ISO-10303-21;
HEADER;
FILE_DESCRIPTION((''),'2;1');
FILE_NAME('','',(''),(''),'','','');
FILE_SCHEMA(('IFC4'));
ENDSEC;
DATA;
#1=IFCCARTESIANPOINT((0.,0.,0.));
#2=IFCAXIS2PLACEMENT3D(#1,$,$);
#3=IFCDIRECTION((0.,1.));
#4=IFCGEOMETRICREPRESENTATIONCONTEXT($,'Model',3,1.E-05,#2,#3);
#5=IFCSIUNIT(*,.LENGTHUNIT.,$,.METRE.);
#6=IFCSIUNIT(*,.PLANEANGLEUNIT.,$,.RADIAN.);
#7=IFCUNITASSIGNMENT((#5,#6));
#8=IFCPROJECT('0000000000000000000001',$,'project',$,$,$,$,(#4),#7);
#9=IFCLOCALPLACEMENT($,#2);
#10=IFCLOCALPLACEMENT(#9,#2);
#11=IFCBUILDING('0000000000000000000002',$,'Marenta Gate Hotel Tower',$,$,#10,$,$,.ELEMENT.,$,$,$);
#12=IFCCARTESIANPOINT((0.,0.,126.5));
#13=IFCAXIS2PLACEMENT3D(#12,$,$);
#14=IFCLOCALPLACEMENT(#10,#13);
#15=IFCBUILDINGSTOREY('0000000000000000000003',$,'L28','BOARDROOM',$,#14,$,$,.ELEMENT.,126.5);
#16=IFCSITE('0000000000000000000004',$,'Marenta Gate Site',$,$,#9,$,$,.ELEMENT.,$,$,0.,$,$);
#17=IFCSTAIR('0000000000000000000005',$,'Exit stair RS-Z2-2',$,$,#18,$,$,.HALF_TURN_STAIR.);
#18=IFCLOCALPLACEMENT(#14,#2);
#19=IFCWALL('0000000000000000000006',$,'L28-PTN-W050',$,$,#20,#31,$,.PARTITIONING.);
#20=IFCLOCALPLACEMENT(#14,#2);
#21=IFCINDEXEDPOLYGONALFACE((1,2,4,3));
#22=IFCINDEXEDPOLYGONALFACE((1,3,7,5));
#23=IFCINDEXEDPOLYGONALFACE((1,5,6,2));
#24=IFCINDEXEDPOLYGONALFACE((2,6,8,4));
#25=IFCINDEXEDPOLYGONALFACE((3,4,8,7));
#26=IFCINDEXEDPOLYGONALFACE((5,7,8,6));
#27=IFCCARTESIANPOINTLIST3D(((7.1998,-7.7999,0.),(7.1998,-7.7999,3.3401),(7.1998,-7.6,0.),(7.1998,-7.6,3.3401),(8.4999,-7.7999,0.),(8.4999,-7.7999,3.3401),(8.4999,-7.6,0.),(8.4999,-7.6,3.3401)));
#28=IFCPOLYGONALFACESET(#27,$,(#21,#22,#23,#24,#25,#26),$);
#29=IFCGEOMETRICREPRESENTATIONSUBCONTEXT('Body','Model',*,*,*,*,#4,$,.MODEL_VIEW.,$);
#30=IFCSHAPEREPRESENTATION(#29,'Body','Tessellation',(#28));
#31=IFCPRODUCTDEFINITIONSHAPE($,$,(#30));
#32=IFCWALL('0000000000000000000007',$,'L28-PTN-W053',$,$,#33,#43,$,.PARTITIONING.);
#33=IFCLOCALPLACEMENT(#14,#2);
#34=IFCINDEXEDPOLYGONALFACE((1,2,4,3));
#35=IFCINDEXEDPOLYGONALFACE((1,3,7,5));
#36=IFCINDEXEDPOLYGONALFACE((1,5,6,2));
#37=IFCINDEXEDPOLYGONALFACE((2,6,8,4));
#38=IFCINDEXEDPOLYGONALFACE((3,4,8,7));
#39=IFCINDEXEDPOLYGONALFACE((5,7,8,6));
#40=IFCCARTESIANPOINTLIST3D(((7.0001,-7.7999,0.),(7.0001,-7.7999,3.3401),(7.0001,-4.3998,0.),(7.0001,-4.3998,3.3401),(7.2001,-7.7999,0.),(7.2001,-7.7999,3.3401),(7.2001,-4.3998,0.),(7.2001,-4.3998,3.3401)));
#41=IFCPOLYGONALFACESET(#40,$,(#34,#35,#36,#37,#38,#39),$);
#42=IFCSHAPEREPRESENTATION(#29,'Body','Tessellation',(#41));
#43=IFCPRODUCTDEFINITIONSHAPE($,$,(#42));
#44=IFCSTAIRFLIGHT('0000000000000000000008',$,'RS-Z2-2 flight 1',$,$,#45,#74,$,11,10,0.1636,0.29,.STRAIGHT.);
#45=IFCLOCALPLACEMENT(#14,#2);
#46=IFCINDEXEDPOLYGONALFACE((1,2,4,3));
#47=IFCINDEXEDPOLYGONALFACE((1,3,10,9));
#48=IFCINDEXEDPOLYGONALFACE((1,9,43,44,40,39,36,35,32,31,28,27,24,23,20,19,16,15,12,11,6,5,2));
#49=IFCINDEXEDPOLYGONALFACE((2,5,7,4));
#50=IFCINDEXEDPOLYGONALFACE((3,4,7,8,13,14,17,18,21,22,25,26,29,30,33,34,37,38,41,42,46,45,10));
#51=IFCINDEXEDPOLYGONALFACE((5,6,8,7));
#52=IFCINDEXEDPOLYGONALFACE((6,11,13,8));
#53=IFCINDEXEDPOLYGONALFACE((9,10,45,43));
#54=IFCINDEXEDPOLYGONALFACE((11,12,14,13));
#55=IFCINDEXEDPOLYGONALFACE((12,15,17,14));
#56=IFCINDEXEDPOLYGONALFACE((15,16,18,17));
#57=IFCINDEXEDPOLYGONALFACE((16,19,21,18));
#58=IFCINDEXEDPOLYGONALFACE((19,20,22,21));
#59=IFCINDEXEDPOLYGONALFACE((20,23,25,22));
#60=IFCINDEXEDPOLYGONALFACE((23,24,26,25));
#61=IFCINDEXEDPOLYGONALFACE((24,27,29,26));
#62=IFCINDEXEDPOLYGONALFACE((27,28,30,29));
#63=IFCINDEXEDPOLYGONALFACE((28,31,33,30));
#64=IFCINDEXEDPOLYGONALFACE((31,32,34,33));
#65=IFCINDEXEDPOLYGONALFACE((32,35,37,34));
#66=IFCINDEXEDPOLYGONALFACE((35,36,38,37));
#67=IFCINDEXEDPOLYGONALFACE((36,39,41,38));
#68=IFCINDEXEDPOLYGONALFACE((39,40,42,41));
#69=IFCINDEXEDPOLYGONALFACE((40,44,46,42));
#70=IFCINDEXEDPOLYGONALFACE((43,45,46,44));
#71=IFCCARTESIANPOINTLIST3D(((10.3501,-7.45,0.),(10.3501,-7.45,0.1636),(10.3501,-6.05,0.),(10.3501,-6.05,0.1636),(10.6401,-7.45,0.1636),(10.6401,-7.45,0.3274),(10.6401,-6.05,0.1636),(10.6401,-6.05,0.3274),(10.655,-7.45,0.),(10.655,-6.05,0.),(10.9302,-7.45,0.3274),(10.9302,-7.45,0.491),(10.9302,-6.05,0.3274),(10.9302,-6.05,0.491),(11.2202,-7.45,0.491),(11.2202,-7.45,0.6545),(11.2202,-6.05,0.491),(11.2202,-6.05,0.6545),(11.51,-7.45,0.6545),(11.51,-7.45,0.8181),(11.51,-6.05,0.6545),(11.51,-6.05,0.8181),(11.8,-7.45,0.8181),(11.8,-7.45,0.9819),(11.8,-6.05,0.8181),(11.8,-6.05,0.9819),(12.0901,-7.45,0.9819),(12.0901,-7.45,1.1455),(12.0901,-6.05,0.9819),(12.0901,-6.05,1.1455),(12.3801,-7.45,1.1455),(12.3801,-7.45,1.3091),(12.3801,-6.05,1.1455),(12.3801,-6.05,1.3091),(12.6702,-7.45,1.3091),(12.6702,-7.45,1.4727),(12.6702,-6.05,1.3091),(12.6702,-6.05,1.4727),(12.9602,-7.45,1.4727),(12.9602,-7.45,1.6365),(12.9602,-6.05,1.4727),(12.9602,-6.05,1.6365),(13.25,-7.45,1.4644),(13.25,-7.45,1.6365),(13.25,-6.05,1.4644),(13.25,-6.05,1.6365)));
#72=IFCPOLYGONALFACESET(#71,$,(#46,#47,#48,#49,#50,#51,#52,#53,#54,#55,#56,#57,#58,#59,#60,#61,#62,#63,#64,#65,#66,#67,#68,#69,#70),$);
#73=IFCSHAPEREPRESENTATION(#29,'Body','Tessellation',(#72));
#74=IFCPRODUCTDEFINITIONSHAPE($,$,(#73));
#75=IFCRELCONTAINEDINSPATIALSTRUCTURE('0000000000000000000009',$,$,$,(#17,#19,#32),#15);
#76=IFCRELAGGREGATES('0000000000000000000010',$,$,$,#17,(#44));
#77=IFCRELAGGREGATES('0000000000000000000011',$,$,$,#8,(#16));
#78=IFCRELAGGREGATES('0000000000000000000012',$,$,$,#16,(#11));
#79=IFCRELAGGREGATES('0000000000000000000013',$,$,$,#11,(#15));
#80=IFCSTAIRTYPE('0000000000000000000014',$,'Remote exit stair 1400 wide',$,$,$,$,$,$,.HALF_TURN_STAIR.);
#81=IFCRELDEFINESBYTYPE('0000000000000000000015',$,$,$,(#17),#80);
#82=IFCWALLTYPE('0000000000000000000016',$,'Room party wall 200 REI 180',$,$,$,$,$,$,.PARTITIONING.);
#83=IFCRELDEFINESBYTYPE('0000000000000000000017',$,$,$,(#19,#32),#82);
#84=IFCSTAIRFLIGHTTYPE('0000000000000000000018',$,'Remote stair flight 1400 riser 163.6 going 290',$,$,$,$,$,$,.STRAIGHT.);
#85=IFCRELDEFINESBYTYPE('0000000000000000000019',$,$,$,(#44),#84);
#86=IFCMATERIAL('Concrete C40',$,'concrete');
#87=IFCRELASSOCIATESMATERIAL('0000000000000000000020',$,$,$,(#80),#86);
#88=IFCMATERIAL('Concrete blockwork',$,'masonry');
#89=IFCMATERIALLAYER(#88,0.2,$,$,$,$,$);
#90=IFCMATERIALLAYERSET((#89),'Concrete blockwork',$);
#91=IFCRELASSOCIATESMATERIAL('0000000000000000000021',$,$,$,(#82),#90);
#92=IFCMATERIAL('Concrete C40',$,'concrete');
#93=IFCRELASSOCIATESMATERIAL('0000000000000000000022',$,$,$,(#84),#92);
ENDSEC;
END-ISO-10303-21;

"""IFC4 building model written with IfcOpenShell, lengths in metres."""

from ifc_helpers import new_model, si_unit, direction, frame, frame_2d, origin, place, context, subcontext, project, spatial, polyline, rectangle, outline, extrude, material, layer, layer_set, type_object, element, aggregate, save


model = new_model("IFC4")

# Units and contexts
model_context = context("Model", 3, precision=1e-05, world=origin(), true_north=direction((0.0, 1.0)))
body_context = subcontext(model_context, "Body", "Model", "MODEL_VIEW")
ifc_project = project(units=[si_unit("LENGTHUNIT", "METRE"), si_unit("PLANEANGLEUNIT", "RADIAN")], contexts=[model_context])

# Site, building, storey
site_placement = place(None, origin())
site = spatial("IfcSite", under=ifc_project, at=site_placement, Name="Marenta Gate Site", CompositionType="ELEMENT", RefElevation=0.0)
building_placement = place(site_placement, origin())
building = spatial("IfcBuilding", under=site, at=building_placement, Name="Marenta Gate Hotel Tower", CompositionType="ELEMENT")
storey_placement = place(building_placement, frame((0.0, 0.0, 126.5)))
storey = spatial("IfcBuildingStorey", under=building, at=storey_placement, Name="L28", Description="BOARDROOM", CompositionType="ELEMENT", Elevation=126.5)

# Stair
ifc_material_1 = material(Name="Concrete C40", Category="concrete")
stair_type_1 = type_object("IfcStairType", Name="Remote exit stair 1400 wide", PredefinedType="HALF_TURN_STAIR", material=ifc_material_1)
stair_1_placement = place(storey_placement, origin())
stair_1 = element("IfcStair", 1, at=stair_1_placement, inside=storey, type_object=stair_type_1, Name="Exit stair RS-Z2-2", PredefinedType="HALF_TURN_STAIR")

# Walls
ifc_material_2 = material(Name="Concrete blockwork", Category="masonry")
ifc_layer_1 = layer(ifc_material_2, 0.2)
ifc_layer_set_1 = layer_set([ifc_layer_1], Name="Concrete blockwork")
wall_type_1 = type_object("IfcWallType", Name="Room party wall 200 REI 180", PredefinedType="PARTITIONING", material=ifc_layer_set_1)
wall_1_placement = place(storey_placement, frame((7.2, -7.7, 0.0), z_axis=(0.0, 0.0, 1.0), x_axis=(1.0, 0.0, 0.0)))
element("IfcWall", 2, at=wall_1_placement, inside=storey, type_object=wall_type_1, Name="L28-PTN-W050", PredefinedType="PARTITIONING", context=body_context, shape_type="SweptSolid", body=[
    extrude(rectangle(XDim=1.3, YDim=0.2, at=frame_2d((0.6499, 0.0))), origin(), (0.0, 0.0, 1.0), 3.3401),
])
wall_2_placement = place(storey_placement, frame((7.1001, -7.8, 0.0), z_axis=(0.0, 0.0, 1.0), x_axis=(0.0, 1.0, 0.0)))
element("IfcWall", 3, at=wall_2_placement, inside=storey, type_object=wall_type_1, Name="L28-PTN-W053", PredefinedType="PARTITIONING", context=body_context, shape_type="SweptSolid", body=[
    extrude(rectangle(XDim=3.4001, YDim=0.2, at=frame_2d((1.7002, 0.0))), origin(), (0.0, 0.0, 1.0), 3.3401),
])

# Stair flight
ifc_material_3 = material(Name="Concrete C40", Category="concrete")
stair_flight_type = type_object("IfcStairFlightType", Name="Remote stair flight 1400 riser 163.6 going 290", PredefinedType="STRAIGHT", material=ifc_material_3)
stair_flight_placement = place(storey_placement, frame((10.3501, -6.75, 0.0), z_axis=(0.0, 0.0, 1.0), x_axis=(1.0, 0.0, 0.0)))
stair_flight = element("IfcStairFlight", 4, at=stair_flight_placement, type_object=stair_flight_type, Name="RS-Z2-2 flight 1", NumberOfRisers=11, NumberOfTreads=10, PredefinedType="STRAIGHT", RiserHeight=0.1636, TreadLength=0.29, context=body_context, shape_type="SweptSolid", body=[
    extrude(outline(polyline([(0.0, 0.0), (0.0, 0.1636), (0.29, 0.1636), (0.29, 0.3274), (0.5801, 0.3274), (0.5801, 0.491), (0.8701, 0.491), (0.8701, 0.6545), (1.1599, 0.6545), (1.1599, 0.8181), (1.45, 0.8181), (1.45, 0.9819), (1.74, 0.9819), (1.74, 1.1455), (2.03, 1.1455), (2.03, 1.3091), (2.3201, 1.3091), (2.3201, 1.4727), (2.6101, 1.4727), (2.6101, 1.6365), (2.8999, 1.6365), (2.8999, 1.8), (2.8999, 1.4644), (0.3049, 0.0), (0.0, 0.0)])), frame((0.0, 0.7, 0.0), z_axis=(0.0, -1.0, 0.0), x_axis=(1.0, 0.0, 0.0)), (0.0, 0.0, 1.0), 1.3999),
])
aggregate(stair_1, [stair_flight])

save(model, "model.ifc")
